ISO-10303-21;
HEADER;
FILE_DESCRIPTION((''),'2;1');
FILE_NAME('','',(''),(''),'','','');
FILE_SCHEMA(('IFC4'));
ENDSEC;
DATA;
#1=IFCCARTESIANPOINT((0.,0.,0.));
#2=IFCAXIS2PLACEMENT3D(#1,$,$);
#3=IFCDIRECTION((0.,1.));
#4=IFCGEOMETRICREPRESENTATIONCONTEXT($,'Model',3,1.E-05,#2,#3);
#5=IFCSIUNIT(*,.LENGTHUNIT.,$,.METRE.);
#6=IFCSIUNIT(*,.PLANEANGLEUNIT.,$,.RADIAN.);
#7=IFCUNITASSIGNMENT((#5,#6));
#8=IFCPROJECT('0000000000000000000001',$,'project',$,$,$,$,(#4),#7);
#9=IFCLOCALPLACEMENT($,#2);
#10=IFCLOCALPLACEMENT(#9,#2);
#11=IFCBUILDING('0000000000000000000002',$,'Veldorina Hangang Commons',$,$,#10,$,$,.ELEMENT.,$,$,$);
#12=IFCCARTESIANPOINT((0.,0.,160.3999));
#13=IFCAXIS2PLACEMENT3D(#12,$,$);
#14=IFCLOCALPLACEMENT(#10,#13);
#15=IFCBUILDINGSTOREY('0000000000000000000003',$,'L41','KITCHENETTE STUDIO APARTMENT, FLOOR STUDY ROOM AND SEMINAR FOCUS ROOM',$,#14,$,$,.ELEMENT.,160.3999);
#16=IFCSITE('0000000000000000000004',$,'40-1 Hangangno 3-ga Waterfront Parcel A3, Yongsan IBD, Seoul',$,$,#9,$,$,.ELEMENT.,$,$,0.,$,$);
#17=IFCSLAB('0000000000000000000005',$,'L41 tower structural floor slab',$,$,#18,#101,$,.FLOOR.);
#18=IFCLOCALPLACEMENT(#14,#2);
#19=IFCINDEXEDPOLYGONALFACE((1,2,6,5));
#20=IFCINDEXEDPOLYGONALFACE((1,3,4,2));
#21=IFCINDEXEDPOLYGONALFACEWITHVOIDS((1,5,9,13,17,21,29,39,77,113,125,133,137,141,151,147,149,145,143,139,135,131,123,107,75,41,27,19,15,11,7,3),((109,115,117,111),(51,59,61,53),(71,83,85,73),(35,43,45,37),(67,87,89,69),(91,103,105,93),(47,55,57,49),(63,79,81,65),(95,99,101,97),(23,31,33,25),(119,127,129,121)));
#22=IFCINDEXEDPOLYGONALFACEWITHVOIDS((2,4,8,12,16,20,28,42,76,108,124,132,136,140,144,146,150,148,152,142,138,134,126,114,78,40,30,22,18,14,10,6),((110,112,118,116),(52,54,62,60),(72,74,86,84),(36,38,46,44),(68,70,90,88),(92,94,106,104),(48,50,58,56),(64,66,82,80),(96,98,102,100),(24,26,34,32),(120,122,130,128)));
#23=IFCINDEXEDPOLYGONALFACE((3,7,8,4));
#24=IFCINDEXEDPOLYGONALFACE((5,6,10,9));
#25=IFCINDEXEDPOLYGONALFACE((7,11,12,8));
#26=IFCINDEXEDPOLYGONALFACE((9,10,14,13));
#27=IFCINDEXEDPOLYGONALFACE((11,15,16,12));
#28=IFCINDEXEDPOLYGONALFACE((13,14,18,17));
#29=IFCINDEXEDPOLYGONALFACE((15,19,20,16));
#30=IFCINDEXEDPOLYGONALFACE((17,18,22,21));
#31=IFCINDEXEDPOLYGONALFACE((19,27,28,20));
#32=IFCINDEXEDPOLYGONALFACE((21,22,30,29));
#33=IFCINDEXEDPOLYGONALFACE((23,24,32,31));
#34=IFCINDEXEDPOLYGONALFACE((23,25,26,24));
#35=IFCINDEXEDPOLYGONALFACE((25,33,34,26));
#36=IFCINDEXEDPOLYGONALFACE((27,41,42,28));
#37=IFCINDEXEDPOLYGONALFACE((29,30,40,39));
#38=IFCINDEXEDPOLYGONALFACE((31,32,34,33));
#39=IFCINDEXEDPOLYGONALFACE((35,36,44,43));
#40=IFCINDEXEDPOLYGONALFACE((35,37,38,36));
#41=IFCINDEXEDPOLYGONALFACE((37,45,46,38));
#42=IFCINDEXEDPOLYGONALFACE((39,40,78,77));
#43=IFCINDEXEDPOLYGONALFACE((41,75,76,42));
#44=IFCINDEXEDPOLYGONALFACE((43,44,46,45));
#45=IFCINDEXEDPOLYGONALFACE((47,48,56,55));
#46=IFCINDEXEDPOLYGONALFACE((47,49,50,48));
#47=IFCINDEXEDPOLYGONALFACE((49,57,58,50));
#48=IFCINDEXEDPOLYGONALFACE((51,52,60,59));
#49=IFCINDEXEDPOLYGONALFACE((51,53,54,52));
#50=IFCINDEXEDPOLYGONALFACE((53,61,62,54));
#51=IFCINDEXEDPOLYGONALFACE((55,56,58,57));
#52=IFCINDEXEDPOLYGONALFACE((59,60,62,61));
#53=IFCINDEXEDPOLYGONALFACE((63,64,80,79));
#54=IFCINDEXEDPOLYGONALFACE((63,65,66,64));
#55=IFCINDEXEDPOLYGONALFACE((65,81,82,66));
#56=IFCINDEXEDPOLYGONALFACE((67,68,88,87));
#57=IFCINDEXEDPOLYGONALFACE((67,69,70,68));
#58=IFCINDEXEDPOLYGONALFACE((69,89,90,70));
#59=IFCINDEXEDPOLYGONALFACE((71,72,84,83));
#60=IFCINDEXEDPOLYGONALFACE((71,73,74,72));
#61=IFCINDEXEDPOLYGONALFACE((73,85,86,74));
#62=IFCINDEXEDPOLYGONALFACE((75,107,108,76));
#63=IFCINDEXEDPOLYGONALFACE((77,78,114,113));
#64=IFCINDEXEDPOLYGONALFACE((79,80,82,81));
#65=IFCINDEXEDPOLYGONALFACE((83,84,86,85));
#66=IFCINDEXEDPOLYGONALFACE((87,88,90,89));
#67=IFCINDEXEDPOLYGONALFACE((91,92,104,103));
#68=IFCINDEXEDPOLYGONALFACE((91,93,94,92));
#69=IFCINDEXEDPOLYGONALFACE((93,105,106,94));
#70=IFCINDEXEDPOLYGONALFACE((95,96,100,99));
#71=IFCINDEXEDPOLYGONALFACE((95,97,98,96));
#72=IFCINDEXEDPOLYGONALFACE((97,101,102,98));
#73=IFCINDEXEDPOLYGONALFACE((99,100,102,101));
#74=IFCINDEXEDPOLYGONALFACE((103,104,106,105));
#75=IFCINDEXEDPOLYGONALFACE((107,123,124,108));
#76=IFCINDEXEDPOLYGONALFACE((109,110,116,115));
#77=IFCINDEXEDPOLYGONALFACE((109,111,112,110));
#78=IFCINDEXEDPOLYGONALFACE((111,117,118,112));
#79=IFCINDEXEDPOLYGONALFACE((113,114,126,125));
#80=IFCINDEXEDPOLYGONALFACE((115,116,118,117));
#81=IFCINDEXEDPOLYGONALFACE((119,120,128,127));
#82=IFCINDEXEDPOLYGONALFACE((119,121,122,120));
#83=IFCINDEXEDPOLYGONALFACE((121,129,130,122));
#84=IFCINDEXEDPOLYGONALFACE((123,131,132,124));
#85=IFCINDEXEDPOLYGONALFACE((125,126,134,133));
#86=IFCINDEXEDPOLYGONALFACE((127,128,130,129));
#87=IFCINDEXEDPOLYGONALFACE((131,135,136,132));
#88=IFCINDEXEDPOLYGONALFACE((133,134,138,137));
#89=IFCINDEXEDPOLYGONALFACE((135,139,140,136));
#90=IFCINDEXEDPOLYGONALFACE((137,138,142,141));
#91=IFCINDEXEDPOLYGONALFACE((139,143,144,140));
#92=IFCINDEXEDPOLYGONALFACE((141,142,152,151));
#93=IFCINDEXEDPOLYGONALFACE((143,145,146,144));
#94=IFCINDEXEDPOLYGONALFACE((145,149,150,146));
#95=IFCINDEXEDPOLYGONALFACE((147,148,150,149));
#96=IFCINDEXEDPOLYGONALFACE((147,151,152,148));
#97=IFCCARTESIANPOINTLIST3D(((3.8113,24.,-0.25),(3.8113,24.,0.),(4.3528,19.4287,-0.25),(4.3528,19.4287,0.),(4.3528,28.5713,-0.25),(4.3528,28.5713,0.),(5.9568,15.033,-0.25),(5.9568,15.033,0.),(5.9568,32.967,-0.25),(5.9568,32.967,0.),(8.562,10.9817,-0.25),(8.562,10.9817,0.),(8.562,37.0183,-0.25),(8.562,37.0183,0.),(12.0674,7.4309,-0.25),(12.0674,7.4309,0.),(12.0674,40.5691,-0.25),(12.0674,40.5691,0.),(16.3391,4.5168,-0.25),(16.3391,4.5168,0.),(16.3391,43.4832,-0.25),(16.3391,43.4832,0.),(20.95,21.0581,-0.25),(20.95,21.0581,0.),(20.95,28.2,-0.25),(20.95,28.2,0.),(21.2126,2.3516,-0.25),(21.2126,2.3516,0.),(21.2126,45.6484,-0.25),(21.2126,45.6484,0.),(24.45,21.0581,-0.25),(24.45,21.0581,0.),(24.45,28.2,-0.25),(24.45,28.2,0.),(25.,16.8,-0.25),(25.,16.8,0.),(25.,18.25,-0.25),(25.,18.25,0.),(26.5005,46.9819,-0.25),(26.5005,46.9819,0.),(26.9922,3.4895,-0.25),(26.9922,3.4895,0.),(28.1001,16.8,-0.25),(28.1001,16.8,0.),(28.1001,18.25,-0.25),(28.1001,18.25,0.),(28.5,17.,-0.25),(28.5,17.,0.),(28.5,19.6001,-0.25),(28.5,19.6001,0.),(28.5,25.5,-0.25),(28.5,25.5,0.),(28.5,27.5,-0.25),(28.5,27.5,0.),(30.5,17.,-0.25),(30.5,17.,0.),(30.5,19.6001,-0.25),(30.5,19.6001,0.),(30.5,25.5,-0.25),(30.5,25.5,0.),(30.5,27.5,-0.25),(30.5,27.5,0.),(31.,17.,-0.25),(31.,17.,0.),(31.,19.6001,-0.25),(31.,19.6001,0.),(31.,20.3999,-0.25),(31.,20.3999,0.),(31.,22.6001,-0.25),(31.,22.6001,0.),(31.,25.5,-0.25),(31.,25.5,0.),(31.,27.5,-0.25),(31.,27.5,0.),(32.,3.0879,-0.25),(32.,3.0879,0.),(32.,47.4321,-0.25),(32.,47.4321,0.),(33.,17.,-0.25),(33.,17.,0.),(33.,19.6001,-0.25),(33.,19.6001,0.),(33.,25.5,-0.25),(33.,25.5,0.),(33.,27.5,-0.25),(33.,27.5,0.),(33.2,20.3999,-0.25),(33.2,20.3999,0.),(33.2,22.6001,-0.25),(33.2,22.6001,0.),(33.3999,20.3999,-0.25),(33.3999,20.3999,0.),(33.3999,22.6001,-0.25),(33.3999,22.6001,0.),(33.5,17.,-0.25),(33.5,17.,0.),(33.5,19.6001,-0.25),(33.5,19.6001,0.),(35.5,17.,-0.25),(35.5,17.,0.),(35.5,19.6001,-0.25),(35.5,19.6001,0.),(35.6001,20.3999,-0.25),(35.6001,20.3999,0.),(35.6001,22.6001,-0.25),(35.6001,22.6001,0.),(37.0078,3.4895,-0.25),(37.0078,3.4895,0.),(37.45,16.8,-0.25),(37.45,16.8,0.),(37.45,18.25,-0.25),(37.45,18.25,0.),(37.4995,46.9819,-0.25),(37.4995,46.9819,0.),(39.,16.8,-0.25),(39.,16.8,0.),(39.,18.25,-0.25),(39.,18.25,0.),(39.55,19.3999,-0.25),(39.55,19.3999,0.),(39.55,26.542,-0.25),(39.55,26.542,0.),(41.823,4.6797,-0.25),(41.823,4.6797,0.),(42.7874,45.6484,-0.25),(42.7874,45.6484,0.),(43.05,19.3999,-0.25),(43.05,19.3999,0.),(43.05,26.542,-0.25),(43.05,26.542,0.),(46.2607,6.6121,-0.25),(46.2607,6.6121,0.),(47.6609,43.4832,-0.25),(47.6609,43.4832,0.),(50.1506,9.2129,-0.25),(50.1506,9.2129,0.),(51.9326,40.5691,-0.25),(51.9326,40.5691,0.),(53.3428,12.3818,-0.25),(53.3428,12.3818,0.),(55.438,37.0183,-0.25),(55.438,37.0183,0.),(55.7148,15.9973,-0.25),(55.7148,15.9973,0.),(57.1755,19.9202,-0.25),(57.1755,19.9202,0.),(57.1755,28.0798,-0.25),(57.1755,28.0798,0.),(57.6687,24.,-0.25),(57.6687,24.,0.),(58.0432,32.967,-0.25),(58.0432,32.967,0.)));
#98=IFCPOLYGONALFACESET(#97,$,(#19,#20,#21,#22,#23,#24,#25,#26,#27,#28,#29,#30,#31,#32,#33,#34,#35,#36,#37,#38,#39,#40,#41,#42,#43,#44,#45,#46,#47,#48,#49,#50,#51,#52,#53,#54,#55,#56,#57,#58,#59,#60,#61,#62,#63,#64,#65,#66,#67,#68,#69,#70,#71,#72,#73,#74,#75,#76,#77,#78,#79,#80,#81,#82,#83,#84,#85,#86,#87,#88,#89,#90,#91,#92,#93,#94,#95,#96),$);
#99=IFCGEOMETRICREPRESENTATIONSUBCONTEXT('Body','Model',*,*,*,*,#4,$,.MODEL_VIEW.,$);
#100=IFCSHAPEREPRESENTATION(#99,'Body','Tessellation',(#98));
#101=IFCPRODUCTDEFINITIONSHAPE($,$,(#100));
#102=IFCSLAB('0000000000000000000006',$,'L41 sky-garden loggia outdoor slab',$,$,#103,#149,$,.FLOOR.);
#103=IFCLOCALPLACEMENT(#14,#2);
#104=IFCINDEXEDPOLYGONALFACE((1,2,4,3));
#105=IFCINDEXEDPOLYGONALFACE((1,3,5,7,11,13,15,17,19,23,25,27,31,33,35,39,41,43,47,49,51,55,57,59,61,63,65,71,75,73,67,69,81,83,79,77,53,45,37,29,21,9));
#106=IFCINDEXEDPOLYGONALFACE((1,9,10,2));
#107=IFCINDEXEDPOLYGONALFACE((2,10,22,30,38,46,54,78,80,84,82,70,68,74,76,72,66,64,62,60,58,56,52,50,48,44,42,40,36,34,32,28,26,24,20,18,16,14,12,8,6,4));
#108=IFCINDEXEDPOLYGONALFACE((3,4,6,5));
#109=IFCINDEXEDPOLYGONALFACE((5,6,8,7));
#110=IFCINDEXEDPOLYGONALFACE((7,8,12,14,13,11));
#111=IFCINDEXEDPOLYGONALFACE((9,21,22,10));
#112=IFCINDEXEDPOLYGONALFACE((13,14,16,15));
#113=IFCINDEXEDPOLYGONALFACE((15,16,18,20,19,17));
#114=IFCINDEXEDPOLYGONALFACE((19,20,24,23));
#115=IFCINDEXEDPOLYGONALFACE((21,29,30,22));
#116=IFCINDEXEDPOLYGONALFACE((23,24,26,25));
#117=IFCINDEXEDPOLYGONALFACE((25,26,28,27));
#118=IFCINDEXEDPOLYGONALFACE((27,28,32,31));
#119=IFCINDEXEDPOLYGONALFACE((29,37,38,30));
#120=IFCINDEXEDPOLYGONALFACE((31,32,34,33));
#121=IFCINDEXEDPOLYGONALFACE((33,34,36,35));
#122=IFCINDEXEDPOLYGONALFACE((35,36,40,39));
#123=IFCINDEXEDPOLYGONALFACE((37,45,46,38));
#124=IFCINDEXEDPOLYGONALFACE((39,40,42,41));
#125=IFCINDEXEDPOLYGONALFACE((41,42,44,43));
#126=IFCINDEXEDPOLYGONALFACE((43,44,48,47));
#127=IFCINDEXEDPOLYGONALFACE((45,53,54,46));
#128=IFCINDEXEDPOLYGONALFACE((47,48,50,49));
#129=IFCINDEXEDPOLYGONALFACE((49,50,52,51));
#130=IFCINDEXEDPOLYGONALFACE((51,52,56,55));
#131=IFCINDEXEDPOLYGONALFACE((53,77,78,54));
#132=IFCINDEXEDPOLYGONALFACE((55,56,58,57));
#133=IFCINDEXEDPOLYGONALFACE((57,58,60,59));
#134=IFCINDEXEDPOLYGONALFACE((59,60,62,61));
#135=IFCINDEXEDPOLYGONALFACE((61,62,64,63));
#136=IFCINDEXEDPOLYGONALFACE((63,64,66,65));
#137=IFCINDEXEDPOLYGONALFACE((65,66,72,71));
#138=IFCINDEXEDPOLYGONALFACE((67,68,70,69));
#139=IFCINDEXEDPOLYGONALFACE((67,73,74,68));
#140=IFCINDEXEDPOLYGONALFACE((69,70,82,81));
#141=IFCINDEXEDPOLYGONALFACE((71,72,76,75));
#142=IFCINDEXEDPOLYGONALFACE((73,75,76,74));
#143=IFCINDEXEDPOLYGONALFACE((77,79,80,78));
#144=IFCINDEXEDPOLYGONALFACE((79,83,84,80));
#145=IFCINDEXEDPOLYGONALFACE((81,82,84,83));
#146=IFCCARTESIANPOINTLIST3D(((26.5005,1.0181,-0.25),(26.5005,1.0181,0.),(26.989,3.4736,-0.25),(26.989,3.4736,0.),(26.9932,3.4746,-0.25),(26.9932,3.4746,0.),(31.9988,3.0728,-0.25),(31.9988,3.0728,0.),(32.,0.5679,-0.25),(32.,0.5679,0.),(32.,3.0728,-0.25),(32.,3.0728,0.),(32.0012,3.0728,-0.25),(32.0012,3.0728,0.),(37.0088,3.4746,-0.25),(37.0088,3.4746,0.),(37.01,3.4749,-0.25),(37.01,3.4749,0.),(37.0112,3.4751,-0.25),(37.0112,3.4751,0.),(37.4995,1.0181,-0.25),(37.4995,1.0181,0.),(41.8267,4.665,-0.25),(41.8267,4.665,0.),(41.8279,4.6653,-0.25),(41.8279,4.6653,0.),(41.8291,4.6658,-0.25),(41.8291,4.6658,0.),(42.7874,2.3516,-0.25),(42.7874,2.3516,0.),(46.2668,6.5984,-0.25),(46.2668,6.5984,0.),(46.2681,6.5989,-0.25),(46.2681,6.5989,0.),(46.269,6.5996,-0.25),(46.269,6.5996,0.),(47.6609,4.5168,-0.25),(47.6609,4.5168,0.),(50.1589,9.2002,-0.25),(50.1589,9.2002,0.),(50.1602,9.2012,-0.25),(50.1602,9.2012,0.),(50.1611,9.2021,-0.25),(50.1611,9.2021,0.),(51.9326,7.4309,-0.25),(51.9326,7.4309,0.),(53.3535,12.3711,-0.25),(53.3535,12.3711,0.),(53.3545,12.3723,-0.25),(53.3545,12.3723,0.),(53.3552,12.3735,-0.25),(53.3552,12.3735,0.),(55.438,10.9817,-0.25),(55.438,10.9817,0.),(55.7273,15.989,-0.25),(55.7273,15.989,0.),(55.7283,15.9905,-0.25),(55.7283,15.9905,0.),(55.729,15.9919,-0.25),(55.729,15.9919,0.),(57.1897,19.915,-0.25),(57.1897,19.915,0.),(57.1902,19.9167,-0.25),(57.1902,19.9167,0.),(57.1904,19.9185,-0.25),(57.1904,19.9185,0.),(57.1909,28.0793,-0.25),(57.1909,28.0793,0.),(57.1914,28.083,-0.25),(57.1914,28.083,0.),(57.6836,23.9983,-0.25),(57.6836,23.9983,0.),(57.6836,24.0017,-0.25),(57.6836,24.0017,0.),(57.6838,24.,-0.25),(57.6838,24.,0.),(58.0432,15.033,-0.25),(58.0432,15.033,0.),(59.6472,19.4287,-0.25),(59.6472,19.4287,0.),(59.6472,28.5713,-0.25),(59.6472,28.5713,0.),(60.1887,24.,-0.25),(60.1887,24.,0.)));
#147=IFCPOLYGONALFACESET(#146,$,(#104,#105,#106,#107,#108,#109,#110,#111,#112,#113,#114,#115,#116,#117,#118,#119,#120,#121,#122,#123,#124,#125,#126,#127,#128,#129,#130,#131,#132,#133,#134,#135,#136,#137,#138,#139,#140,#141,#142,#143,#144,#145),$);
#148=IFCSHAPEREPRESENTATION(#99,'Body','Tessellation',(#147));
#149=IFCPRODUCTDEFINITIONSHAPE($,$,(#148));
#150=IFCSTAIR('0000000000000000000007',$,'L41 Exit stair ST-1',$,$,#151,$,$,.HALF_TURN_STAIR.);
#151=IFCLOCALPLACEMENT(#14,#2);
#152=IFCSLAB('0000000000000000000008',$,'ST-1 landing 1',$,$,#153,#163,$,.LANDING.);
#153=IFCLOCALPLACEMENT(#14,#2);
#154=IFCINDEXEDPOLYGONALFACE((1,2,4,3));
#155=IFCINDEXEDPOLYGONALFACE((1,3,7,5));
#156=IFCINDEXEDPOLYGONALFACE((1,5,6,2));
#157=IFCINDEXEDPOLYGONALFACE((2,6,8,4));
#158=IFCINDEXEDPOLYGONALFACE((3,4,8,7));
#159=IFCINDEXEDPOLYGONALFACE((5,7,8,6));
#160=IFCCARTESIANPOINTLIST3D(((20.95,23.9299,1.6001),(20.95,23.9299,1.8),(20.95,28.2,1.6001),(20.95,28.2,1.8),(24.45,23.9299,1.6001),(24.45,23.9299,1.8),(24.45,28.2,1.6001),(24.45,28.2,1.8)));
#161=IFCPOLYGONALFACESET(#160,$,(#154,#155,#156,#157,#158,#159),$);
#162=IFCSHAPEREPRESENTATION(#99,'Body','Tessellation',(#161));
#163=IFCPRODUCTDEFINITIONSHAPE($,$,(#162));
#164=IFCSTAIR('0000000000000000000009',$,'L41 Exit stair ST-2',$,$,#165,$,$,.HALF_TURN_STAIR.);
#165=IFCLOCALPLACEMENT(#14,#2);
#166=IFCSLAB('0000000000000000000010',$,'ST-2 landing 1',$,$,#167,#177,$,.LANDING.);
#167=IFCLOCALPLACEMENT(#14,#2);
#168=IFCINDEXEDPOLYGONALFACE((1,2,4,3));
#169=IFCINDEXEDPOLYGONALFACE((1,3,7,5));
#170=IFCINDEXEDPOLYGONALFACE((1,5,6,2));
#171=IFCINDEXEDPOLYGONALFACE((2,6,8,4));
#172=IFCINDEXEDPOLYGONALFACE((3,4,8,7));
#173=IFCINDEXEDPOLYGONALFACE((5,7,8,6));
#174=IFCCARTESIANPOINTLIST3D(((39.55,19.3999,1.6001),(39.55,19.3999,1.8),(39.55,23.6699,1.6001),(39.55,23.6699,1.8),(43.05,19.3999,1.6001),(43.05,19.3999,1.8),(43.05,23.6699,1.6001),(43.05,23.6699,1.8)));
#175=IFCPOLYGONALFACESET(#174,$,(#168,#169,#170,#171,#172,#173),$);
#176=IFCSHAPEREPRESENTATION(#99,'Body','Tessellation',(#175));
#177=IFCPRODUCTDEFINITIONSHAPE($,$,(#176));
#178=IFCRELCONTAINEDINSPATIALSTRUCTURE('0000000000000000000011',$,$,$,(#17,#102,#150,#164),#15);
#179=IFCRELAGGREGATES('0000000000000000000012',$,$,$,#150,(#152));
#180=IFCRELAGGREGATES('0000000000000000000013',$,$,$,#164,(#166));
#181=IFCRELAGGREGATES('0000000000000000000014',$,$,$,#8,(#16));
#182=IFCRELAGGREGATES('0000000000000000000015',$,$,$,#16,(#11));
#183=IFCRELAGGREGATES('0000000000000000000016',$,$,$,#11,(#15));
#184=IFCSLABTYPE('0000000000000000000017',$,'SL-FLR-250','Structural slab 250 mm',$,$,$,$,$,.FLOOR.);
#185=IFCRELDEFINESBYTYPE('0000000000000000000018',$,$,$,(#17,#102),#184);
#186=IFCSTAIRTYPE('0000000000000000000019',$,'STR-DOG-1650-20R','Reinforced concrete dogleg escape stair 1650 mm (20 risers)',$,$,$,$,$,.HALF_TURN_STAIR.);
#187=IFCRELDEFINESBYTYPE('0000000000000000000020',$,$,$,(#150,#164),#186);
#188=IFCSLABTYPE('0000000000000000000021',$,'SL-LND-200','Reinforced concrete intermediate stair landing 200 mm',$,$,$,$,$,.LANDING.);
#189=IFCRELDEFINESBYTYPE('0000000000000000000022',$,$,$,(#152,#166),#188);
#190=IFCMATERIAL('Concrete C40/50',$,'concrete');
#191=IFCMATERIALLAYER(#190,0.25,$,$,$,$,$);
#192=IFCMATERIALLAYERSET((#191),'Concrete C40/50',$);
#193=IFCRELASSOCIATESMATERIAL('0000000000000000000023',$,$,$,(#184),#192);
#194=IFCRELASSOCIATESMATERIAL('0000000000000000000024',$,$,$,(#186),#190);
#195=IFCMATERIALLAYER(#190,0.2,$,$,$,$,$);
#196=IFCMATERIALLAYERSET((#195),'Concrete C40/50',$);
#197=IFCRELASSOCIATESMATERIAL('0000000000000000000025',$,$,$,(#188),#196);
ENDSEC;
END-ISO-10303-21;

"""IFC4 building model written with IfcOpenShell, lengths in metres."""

from ifc_helpers import new_model, si_unit, direction, frame, origin, place, context, subcontext, project, spatial, polyline, outline, extrude, material, layer, layer_set, type_object, element, aggregate, save


model = new_model("IFC4")

# Units and contexts
model_context = context("Model", 3, precision=1e-05, world=origin(), true_north=direction((0.0, 1.0)))
body_context = subcontext(model_context, "Body", "Model", "MODEL_VIEW")
ifc_project = project(units=[si_unit("LENGTHUNIT", "METRE"), si_unit("PLANEANGLEUNIT", "RADIAN")], contexts=[model_context])

# Site, building, storey
site_placement = place(None, origin())
site = spatial("IfcSite", under=ifc_project, at=site_placement, Name="40-1 Hangangno 3-ga Waterfront Parcel A3, Yongsan IBD, Seoul", CompositionType="ELEMENT", RefElevation=0.0)
building_placement = place(site_placement, origin())
building = spatial("IfcBuilding", under=site, at=building_placement, Name="Veldorina Hangang Commons", CompositionType="ELEMENT")
storey_placement = place(building_placement, frame((0.0, 0.0, 160.3999)))
storey = spatial("IfcBuildingStorey", under=building, at=storey_placement, Name="L41", Description="KITCHENETTE STUDIO APARTMENT, FLOOR STUDY ROOM AND SEMINAR FOCUS ROOM", CompositionType="ELEMENT", Elevation=160.3999)

# Slabs
ifc_material_1 = material(Name="Concrete C40/50", Category="concrete")
ifc_layer_1 = layer(ifc_material_1, 0.25)
ifc_layer_set_1 = layer_set([ifc_layer_1], Name="Concrete C40/50")
slab_type_1 = type_object("IfcSlabType", Name="SL-FLR-250", Description="Structural slab 250 mm", PredefinedType="FLOOR", material=ifc_layer_set_1)
slab_1_placement = place(storey_placement, frame((0.0, 0.0, -0.25)))
element("IfcSlab", 1, at=slab_1_placement, inside=storey, type_object=slab_type_1, Name="L41 tower structural floor slab", PredefinedType="FLOOR", context=body_context, shape_type="SweptSolid", body=[
    extrude(outline(polyline([(57.6687, 24.0), (57.1755, 28.0798), (58.0432, 32.967), (55.438, 37.0183), (51.9326, 40.5691), (47.6609, 43.4832), (42.7874, 45.6484), (37.4995, 46.9819), (32.0, 47.4321), (26.5005, 46.9819), (21.2126, 45.6484), (16.3391, 43.4832), (12.0674, 40.5691), (8.562, 37.0183), (5.9568, 32.967), (4.3528, 28.5713), (3.8113, 24.0), (4.3528, 19.4287), (5.9568, 15.033), (8.562, 10.9817), (12.0674, 7.4309), (16.3391, 4.5168), (21.2126, 2.3516), (26.9922, 3.4895), (32.0, 3.0879), (37.0078, 3.4895), (41.823, 4.6797), (46.2607, 6.6121), (50.1506, 9.2129), (53.3428, 12.3818), (55.7148, 15.9973), (57.1755, 19.9202), (57.6687, 24.0)]), holes=[polyline([(20.95, 21.0581), (20.95, 28.2), (24.45, 28.2), (24.45, 21.0581), (20.95, 21.0581)]), polyline([(43.05, 26.542), (43.05, 19.3999), (39.55, 19.3999), (39.55, 26.542), (43.05, 26.542)]), polyline([(28.5, 27.5), (30.5, 27.5), (30.5, 25.5), (28.5, 25.5), (28.5, 27.5)]), polyline([(31.0, 27.5), (33.0, 27.5), (33.0, 25.5), (31.0, 25.5), (31.0, 27.5)]), polyline([(31.0, 22.6001), (33.2, 22.6001), (33.2, 20.3999), (31.0, 20.3999), (31.0, 22.6001)]), polyline([(33.3999, 22.6001), (35.6001, 22.6001), (35.6001, 20.3999), (33.3999, 20.3999), (33.3999, 22.6001)]), polyline([(28.5, 19.6001), (30.5, 19.6001), (30.5, 17.0), (28.5, 17.0), (28.5, 19.6001)]), polyline([(31.0, 19.6001), (33.0, 19.6001), (33.0, 17.0), (31.0, 17.0), (31.0, 19.6001)]), polyline([(33.5, 19.6001), (35.5, 19.6001), (35.5, 17.0), (33.5, 17.0), (33.5, 19.6001)]), polyline([(25.0, 18.25), (28.1001, 18.25), (28.1001, 16.8), (25.0, 16.8), (25.0, 18.25)]), polyline([(37.45, 18.25), (39.0, 18.25), (39.0, 16.8), (37.45, 16.8), (37.45, 18.25)])]), origin(), (0.0, 0.0, 1.0), 0.25),
])
slab_2_placement = place(storey_placement, frame((0.0, 0.0, -0.25)))
element("IfcSlab", 2, at=slab_2_placement, inside=storey, type_object=slab_type_1, Name="L41 sky-garden loggia outdoor slab", PredefinedType="FLOOR", context=body_context, shape_type="SweptSolid", body=[
    extrude(outline(polyline([(59.6472, 28.5713), (60.1887, 24.0), (59.6472, 19.4287), (58.0432, 15.033), (55.438, 10.9817), (51.9326, 7.4309), (47.6609, 4.5168), (42.7874, 2.3516), (37.4995, 1.0181), (32.0, 0.5679), (26.5005, 1.0181), (26.989, 3.4736), (26.9932, 3.4746), (31.9988, 3.0728), (32.0, 3.0728), (32.0012, 3.0728), (37.0088, 3.4746), (37.01, 3.4749), (37.0112, 3.4751), (41.8267, 4.665), (41.8279, 4.6653), (41.8291, 4.6658), (46.2668, 6.5984), (46.2681, 6.5989), (46.269, 6.5996), (50.1589, 9.2002), (50.1602, 9.2012), (50.1611, 9.2021), (53.3535, 12.3711), (53.3545, 12.3723), (53.3552, 12.3735), (55.7273, 15.989), (55.7283, 15.9905), (55.729, 15.9919), (57.1897, 19.915), (57.1902, 19.9167), (57.1904, 19.9185), (57.6836, 23.9983), (57.6838, 24.0), (57.6836, 24.0017), (57.1909, 28.0793), (57.1914, 28.083), (59.6472, 28.5713)])), origin(), (0.0, 0.0, 1.0), 0.25),
])

# Stairs, slabs
stair_type = type_object("IfcStairType", Name="STR-DOG-1650-20R", Description="Reinforced concrete dogleg escape stair 1650 mm (20 risers)", PredefinedType="HALF_TURN_STAIR", material=ifc_material_1)
stair_1_placement = place(storey_placement, origin())
stair_1 = element("IfcStair", 3, at=stair_1_placement, inside=storey, type_object=stair_type, Name="L41 Exit stair ST-1", PredefinedType="HALF_TURN_STAIR")
ifc_layer_2 = layer(ifc_material_1, 0.2)
ifc_layer_set_2 = layer_set([ifc_layer_2], Name="Concrete C40/50")
slab_type_2 = type_object("IfcSlabType", Name="SL-LND-200", Description="Reinforced concrete intermediate stair landing 200 mm", PredefinedType="LANDING", material=ifc_layer_set_2)
slab_3_placement = place(storey_placement, frame((0.0, 0.0, 1.6001)))
slab_3 = element("IfcSlab", 4, at=slab_3_placement, type_object=slab_type_2, Name="ST-1 landing 1", PredefinedType="LANDING", context=body_context, shape_type="SweptSolid", body=[
    extrude(outline(polyline([(24.45, 23.9299), (24.45, 28.2), (20.95, 28.2), (20.95, 23.9299), (24.45, 23.9299)])), origin(), (0.0, 0.0, 1.0), 0.2),
])
aggregate(stair_1, [slab_3])
stair_2_placement = place(storey_placement, origin())
stair_2 = element("IfcStair", 5, at=stair_2_placement, inside=storey, type_object=stair_type, Name="L41 Exit stair ST-2", PredefinedType="HALF_TURN_STAIR")
slab_4_placement = place(storey_placement, frame((0.0, 0.0, 1.6001)))
slab_4 = element("IfcSlab", 6, at=slab_4_placement, type_object=slab_type_2, Name="ST-2 landing 1", PredefinedType="LANDING", context=body_context, shape_type="SweptSolid", body=[
    extrude(outline(polyline([(39.55, 23.6699), (39.55, 19.3999), (43.05, 19.3999), (43.05, 23.6699), (39.55, 23.6699)])), origin(), (0.0, 0.0, 1.0), 0.2),
])
aggregate(stair_2, [slab_4])

save(model, "model.ifc")
